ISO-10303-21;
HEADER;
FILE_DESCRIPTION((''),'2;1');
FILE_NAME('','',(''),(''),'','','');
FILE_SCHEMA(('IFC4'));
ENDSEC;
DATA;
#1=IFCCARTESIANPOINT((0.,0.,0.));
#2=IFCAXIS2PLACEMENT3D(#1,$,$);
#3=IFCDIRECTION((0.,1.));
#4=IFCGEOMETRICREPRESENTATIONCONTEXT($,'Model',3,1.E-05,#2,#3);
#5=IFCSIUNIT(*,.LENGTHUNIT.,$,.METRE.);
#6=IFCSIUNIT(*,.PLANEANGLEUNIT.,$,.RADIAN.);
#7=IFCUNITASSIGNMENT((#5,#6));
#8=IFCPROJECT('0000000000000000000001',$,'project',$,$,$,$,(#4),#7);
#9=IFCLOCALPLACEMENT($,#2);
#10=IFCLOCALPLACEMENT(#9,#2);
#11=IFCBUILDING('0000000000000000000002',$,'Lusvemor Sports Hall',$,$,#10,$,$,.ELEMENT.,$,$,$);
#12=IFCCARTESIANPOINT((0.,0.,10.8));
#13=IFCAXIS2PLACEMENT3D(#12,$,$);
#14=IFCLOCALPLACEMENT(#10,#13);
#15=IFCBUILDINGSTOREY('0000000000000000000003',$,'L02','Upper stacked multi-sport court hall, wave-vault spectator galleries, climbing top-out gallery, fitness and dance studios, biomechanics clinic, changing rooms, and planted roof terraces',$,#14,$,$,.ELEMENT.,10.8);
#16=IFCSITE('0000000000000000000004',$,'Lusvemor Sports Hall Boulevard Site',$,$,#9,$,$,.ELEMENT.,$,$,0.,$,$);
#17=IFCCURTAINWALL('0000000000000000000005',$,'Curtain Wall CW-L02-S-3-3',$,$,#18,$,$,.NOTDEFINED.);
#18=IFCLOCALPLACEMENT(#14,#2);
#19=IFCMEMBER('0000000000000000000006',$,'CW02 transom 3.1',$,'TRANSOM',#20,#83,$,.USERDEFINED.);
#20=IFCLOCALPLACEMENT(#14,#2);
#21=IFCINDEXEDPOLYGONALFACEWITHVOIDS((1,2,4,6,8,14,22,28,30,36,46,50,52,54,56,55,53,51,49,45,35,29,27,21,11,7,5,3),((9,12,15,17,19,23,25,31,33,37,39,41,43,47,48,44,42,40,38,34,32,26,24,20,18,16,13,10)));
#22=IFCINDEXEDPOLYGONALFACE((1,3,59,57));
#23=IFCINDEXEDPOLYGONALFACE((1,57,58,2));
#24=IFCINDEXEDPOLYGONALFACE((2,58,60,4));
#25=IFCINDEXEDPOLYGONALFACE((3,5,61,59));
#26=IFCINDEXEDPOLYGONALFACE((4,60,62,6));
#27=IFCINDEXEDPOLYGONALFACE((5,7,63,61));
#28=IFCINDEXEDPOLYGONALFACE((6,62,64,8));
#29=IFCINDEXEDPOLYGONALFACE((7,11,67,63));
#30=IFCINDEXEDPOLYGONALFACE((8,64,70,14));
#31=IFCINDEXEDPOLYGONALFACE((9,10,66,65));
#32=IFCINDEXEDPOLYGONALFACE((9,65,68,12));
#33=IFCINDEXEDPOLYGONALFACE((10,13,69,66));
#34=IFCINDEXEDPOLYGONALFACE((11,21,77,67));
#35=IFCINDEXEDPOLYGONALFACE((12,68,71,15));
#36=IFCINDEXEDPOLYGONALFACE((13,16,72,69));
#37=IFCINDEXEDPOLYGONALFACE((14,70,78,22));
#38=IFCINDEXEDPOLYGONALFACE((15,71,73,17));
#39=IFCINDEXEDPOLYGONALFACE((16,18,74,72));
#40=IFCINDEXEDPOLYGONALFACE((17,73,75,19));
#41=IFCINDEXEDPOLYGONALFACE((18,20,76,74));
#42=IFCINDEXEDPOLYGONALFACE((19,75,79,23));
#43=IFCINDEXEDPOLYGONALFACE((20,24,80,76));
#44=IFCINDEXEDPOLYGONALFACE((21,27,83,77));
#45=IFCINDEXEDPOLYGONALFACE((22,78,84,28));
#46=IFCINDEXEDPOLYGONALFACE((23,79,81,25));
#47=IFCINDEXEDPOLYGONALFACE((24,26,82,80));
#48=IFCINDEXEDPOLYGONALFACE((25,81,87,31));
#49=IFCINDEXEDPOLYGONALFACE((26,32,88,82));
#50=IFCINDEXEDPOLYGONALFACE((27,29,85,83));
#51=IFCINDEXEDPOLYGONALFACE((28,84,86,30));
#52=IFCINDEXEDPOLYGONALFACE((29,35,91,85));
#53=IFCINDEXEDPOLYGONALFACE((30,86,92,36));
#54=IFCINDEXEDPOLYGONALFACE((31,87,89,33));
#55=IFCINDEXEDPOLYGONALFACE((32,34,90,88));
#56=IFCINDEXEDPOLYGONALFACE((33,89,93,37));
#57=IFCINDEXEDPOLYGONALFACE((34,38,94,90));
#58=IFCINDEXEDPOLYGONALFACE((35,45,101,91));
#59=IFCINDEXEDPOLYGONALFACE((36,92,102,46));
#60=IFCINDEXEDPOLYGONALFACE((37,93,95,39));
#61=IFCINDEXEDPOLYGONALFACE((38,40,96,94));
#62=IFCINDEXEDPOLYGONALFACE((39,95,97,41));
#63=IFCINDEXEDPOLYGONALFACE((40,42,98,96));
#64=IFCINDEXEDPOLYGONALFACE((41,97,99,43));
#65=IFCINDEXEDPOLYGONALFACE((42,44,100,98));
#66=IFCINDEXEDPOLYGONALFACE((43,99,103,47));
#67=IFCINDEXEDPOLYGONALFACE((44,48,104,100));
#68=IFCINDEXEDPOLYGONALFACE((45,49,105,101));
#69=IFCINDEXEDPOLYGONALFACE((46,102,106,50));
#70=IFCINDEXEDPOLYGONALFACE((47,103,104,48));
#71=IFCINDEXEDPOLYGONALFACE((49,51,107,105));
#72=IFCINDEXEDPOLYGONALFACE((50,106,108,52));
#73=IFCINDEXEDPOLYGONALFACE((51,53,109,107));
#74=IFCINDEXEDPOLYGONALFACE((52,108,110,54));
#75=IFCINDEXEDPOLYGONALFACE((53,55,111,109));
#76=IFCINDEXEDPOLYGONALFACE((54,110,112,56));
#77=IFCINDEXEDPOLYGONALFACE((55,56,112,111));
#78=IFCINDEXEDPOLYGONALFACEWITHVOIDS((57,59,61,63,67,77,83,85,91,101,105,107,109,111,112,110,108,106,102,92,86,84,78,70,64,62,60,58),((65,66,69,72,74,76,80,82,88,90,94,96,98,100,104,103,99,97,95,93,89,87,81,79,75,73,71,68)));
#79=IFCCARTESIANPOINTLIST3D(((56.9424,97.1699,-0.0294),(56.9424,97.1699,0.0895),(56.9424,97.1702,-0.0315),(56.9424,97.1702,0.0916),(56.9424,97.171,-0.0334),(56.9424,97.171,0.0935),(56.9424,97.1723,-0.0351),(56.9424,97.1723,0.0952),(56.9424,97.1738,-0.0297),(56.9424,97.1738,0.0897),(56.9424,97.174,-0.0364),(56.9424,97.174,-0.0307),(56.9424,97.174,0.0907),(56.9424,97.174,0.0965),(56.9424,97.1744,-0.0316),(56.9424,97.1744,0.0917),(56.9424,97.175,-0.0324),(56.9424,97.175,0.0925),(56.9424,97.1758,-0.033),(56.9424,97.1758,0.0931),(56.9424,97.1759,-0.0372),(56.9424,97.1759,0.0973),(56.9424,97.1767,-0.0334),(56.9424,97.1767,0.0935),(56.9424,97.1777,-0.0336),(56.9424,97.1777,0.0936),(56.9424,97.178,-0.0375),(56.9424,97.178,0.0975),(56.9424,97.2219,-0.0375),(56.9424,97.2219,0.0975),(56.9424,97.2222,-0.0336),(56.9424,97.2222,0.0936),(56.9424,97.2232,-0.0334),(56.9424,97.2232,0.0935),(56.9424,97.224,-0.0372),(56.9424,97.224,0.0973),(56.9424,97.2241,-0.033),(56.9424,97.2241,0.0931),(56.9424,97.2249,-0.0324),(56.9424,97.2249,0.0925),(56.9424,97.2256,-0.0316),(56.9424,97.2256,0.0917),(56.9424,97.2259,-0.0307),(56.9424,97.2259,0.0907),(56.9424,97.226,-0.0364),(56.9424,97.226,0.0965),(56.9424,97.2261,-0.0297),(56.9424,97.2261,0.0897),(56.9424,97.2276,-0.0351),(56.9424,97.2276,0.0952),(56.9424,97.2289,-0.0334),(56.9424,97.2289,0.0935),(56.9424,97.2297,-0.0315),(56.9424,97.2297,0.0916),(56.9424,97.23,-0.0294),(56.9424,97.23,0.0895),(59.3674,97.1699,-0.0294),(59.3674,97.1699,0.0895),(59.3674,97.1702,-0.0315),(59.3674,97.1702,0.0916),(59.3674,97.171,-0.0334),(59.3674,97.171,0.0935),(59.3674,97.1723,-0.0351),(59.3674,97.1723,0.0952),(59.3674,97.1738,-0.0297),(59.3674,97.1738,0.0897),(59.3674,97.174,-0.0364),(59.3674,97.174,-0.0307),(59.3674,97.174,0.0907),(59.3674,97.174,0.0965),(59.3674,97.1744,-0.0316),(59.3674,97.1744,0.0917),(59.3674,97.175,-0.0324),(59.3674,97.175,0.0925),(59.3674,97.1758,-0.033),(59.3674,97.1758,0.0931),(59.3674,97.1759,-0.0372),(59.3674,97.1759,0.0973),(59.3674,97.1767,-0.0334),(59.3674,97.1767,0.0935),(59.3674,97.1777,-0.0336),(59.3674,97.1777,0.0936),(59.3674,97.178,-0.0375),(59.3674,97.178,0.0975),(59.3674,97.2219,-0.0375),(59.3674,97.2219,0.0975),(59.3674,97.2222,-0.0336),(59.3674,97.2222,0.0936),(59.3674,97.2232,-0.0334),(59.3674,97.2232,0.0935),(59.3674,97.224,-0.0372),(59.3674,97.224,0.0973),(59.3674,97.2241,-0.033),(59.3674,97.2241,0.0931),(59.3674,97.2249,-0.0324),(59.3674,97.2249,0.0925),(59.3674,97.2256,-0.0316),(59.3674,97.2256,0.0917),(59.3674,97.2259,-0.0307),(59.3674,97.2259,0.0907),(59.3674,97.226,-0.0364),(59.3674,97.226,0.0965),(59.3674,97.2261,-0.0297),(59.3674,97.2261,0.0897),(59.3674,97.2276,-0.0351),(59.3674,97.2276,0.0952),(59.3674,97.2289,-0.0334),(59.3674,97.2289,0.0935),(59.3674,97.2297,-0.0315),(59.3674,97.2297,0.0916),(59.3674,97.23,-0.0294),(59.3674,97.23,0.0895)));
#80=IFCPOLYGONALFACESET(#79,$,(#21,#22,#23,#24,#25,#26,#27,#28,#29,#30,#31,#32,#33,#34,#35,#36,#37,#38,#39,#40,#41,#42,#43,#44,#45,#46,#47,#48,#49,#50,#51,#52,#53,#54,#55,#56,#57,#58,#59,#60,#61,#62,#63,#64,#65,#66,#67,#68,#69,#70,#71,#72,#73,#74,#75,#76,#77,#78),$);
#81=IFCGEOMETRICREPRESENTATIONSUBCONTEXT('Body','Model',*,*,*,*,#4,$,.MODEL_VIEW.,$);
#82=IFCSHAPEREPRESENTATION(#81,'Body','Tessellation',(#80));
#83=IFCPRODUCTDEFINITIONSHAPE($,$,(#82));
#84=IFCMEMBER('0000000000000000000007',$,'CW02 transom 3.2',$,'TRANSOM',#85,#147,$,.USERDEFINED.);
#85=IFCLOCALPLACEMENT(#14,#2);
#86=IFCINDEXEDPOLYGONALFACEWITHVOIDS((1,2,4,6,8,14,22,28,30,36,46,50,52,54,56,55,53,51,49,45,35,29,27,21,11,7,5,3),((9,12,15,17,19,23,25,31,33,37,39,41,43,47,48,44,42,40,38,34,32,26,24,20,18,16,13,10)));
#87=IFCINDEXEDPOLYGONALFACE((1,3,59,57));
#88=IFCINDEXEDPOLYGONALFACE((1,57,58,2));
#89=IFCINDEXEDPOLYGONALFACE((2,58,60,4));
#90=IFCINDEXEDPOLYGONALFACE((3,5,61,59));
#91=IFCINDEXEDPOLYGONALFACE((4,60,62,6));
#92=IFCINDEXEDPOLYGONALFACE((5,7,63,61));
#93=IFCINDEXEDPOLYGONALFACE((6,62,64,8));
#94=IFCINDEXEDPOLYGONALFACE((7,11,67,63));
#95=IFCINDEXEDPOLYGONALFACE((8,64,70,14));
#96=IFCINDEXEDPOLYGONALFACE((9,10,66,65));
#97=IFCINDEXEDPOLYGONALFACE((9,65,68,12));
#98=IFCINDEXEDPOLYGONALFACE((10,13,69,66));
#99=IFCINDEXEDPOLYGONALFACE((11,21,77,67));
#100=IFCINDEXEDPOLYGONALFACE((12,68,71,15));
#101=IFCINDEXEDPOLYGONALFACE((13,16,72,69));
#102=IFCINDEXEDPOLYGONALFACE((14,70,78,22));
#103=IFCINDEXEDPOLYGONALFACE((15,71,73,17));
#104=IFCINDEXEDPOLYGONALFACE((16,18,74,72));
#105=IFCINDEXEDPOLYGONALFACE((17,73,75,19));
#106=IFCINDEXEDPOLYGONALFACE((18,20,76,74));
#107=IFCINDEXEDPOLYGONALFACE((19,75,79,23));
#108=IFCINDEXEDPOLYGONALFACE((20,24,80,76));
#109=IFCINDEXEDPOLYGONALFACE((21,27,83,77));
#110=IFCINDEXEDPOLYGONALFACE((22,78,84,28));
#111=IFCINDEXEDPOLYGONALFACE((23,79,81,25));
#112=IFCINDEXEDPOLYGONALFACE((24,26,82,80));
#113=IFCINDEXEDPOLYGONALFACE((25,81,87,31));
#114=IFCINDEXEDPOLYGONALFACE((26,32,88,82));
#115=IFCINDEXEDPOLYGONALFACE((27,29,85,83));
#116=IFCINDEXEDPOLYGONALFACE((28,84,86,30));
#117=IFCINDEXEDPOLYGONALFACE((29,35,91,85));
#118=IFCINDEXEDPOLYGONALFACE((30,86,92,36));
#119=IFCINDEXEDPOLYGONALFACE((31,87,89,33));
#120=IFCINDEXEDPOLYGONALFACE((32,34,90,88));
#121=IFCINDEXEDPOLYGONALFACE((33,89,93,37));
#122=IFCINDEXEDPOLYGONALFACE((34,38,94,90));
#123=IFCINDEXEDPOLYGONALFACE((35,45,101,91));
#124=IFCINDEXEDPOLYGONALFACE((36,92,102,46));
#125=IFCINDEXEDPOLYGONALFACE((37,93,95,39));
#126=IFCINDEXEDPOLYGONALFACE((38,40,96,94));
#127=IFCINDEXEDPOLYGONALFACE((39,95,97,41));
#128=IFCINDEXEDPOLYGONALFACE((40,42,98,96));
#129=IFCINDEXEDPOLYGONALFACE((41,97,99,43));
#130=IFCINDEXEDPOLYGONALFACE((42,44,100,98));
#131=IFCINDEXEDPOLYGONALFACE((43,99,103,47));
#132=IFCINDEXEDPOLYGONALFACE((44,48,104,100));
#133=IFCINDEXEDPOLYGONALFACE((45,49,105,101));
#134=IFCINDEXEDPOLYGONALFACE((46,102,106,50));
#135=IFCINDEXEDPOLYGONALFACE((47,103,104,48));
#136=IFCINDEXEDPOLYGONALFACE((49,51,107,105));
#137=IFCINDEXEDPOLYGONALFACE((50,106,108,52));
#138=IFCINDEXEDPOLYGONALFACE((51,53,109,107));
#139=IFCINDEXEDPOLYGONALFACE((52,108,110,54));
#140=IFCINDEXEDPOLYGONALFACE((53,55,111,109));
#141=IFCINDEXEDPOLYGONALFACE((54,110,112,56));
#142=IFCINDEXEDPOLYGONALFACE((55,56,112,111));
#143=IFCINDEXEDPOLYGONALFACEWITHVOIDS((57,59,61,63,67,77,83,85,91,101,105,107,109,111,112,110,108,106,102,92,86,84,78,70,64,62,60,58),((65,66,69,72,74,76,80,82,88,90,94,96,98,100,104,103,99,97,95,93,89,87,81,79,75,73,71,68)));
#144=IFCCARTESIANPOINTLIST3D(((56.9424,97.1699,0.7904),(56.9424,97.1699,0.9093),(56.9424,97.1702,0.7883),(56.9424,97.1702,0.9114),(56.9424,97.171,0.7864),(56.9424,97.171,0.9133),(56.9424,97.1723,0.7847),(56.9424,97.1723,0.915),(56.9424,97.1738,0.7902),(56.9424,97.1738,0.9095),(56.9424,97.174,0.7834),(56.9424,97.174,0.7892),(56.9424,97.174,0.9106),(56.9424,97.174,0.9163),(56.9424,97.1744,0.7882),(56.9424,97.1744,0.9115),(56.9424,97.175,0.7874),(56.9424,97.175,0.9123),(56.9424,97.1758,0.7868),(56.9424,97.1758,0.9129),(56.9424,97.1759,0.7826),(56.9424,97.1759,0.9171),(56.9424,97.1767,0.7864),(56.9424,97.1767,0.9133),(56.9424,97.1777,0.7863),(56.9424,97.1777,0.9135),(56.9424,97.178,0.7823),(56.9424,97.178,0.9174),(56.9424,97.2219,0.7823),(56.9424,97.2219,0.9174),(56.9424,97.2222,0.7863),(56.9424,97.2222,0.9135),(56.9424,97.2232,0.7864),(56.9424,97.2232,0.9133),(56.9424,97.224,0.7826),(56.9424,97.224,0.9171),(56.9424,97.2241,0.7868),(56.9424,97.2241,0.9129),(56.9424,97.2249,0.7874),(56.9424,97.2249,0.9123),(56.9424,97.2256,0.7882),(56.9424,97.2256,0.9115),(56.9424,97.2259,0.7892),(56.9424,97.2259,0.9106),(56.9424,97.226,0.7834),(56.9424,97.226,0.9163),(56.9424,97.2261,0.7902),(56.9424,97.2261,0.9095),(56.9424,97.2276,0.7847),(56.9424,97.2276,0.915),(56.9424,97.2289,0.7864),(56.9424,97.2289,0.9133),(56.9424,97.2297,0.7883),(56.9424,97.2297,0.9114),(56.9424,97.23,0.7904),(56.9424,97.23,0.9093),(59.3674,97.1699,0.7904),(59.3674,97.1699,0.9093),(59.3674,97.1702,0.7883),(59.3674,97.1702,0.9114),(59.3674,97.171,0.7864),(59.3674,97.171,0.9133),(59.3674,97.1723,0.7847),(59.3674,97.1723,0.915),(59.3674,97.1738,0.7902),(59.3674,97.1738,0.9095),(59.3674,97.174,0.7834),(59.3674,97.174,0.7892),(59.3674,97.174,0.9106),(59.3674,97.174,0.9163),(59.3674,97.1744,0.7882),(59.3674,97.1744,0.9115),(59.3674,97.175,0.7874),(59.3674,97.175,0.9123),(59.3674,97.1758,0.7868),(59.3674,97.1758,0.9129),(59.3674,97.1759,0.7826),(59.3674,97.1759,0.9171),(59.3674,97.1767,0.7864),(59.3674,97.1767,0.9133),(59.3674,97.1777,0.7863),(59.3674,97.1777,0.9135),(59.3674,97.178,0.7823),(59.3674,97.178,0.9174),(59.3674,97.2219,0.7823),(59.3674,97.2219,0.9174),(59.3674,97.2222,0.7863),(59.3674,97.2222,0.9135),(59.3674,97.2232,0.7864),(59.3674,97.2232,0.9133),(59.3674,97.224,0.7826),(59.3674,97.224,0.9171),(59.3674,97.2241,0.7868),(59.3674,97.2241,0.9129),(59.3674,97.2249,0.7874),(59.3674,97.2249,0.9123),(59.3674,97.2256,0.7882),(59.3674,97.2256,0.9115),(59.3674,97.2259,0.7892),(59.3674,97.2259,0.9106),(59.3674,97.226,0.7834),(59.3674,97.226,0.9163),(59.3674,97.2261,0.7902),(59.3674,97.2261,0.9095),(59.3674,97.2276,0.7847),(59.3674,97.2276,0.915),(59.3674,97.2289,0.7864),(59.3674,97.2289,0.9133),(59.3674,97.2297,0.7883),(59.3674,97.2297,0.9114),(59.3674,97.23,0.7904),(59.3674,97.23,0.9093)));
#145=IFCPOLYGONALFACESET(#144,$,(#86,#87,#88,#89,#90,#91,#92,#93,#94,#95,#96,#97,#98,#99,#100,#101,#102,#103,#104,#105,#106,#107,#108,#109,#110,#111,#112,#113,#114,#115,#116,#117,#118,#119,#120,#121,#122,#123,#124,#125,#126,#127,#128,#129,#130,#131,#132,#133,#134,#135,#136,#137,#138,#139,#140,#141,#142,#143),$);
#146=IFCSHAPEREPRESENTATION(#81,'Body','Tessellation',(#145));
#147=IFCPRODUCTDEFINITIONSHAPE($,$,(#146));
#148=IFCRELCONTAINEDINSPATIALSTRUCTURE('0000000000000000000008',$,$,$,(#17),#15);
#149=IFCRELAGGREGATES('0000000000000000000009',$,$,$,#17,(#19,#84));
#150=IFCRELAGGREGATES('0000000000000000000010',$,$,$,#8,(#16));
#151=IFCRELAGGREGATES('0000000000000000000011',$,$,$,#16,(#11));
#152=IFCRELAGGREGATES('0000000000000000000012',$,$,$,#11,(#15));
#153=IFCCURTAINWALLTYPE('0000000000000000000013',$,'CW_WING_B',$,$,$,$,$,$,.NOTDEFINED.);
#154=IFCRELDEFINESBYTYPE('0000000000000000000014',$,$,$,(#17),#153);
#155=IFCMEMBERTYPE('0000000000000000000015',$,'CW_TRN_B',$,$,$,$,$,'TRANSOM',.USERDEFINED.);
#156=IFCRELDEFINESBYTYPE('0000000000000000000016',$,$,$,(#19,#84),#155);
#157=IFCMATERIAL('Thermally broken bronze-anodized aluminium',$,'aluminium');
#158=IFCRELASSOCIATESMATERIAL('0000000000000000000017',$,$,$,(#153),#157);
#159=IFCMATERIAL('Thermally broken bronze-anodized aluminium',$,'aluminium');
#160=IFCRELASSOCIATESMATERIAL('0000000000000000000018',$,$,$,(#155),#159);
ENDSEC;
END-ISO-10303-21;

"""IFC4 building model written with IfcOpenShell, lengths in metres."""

from ifc_helpers import new_model, si_unit, direction, frame, origin, origin_2d, place, context, subcontext, project, spatial, hollow_rectangle, extrude, material, material_profile, profile_set, type_object, element, aggregate, save


model = new_model("IFC4")

# Units and contexts
model_context = context("Model", 3, precision=1e-05, world=origin(), true_north=direction((0.0, 1.0)))
body_context = subcontext(model_context, "Body", "Model", "MODEL_VIEW")
ifc_project = project(units=[si_unit("LENGTHUNIT", "METRE"), si_unit("PLANEANGLEUNIT", "RADIAN")], contexts=[model_context])

# Site, building, storey
site_placement = place(None, origin())
site = spatial("IfcSite", under=ifc_project, at=site_placement, Name="Lusvemor Sports Hall Boulevard Site", CompositionType="ELEMENT", RefElevation=0.0)
building_placement = place(site_placement, origin())
building = spatial("IfcBuilding", under=site, at=building_placement, Name="Lusvemor Sports Hall", CompositionType="ELEMENT")
storey_placement = place(building_placement, frame((0.0, 0.0, 10.8)))
storey = spatial("IfcBuildingStorey", under=building, at=storey_placement, Name="L02", Description="Upper stacked multi-sport court hall, wave-vault spectator galleries, climbing top-out gallery, fitness and dance studios, biomechanics clinic, changing rooms, and planted roof terraces", CompositionType="ELEMENT", Elevation=10.8)

# Shared definitions
ifc_material_1 = material(Name="Thermally broken bronze-anodized aluminium", Category="aluminium")
curtain_wall_type = type_object("IfcCurtainWallType", Name="CW_WING_B", PredefinedType="NOTDEFINED", material=ifc_material_1)

# Curtain wall
curtain_wall_1_placement = place(storey_placement, origin())
curtain_wall_1 = element("IfcCurtainWall", 1, at=curtain_wall_1_placement, inside=storey, type_object=curtain_wall_type, Name="Curtain Wall CW-L02-S-3-3", PredefinedType="NOTDEFINED")

# Members
ifc_material_2 = material(Name="Thermally broken bronze-anodized aluminium", Category="aluminium")
ifc_material_profile_1 = material_profile(ifc_material_2, hollow_rectangle(XDim=0.0601, YDim=0.135, WallThickness=0.0039, InnerFilletRadius=0.0039, OuterFilletRadius=0.0081, at=origin_2d()), Name="CWTRN135x60x4")
ifc_profile_set_1 = profile_set([ifc_material_profile_1], Name="Thermally broken bronze-anodized aluminium")
member_type_1 = type_object("IfcMemberType", Name="CW_TRN_B", ElementType="TRANSOM", PredefinedType="USERDEFINED", material=ifc_profile_set_1)
member_1_placement = place(storey_placement, frame((59.3674, 97.2, 0.03), z_axis=(-1.0, 0.0, 0.0), x_axis=(0.0, -1.0, 0.0)))
member_1 = element("IfcMember", 2, at=member_1_placement, type_object=member_type_1, Name="CW02 transom 3.1", ObjectType="TRANSOM", PredefinedType="USERDEFINED", context=body_context, shape_type="SweptSolid", body=[
    extrude(hollow_rectangle(XDim=0.0601, YDim=0.135, WallThickness=0.0039, InnerFilletRadius=0.0039, OuterFilletRadius=0.0081, at=origin_2d()), origin(), (0.0, 0.0, 1.0), 2.425),
])
member_2_placement = place(storey_placement, frame((59.3674, 97.2, 0.8499), z_axis=(-1.0, 0.0, 0.0), x_axis=(0.0, -1.0, 0.0)))
member_2 = element("IfcMember", 3, at=member_2_placement, type_object=member_type_1, Name="CW02 transom 3.2", ObjectType="TRANSOM", PredefinedType="USERDEFINED", context=body_context, shape_type="SweptSolid", body=[
    extrude(hollow_rectangle(XDim=0.0601, YDim=0.135, WallThickness=0.0039, InnerFilletRadius=0.0039, OuterFilletRadius=0.0081, at=origin_2d()), origin(), (0.0, 0.0, 1.0), 2.425),
])

aggregate(curtain_wall_1, [member_1, member_2])

save(model, "model.ifc")
